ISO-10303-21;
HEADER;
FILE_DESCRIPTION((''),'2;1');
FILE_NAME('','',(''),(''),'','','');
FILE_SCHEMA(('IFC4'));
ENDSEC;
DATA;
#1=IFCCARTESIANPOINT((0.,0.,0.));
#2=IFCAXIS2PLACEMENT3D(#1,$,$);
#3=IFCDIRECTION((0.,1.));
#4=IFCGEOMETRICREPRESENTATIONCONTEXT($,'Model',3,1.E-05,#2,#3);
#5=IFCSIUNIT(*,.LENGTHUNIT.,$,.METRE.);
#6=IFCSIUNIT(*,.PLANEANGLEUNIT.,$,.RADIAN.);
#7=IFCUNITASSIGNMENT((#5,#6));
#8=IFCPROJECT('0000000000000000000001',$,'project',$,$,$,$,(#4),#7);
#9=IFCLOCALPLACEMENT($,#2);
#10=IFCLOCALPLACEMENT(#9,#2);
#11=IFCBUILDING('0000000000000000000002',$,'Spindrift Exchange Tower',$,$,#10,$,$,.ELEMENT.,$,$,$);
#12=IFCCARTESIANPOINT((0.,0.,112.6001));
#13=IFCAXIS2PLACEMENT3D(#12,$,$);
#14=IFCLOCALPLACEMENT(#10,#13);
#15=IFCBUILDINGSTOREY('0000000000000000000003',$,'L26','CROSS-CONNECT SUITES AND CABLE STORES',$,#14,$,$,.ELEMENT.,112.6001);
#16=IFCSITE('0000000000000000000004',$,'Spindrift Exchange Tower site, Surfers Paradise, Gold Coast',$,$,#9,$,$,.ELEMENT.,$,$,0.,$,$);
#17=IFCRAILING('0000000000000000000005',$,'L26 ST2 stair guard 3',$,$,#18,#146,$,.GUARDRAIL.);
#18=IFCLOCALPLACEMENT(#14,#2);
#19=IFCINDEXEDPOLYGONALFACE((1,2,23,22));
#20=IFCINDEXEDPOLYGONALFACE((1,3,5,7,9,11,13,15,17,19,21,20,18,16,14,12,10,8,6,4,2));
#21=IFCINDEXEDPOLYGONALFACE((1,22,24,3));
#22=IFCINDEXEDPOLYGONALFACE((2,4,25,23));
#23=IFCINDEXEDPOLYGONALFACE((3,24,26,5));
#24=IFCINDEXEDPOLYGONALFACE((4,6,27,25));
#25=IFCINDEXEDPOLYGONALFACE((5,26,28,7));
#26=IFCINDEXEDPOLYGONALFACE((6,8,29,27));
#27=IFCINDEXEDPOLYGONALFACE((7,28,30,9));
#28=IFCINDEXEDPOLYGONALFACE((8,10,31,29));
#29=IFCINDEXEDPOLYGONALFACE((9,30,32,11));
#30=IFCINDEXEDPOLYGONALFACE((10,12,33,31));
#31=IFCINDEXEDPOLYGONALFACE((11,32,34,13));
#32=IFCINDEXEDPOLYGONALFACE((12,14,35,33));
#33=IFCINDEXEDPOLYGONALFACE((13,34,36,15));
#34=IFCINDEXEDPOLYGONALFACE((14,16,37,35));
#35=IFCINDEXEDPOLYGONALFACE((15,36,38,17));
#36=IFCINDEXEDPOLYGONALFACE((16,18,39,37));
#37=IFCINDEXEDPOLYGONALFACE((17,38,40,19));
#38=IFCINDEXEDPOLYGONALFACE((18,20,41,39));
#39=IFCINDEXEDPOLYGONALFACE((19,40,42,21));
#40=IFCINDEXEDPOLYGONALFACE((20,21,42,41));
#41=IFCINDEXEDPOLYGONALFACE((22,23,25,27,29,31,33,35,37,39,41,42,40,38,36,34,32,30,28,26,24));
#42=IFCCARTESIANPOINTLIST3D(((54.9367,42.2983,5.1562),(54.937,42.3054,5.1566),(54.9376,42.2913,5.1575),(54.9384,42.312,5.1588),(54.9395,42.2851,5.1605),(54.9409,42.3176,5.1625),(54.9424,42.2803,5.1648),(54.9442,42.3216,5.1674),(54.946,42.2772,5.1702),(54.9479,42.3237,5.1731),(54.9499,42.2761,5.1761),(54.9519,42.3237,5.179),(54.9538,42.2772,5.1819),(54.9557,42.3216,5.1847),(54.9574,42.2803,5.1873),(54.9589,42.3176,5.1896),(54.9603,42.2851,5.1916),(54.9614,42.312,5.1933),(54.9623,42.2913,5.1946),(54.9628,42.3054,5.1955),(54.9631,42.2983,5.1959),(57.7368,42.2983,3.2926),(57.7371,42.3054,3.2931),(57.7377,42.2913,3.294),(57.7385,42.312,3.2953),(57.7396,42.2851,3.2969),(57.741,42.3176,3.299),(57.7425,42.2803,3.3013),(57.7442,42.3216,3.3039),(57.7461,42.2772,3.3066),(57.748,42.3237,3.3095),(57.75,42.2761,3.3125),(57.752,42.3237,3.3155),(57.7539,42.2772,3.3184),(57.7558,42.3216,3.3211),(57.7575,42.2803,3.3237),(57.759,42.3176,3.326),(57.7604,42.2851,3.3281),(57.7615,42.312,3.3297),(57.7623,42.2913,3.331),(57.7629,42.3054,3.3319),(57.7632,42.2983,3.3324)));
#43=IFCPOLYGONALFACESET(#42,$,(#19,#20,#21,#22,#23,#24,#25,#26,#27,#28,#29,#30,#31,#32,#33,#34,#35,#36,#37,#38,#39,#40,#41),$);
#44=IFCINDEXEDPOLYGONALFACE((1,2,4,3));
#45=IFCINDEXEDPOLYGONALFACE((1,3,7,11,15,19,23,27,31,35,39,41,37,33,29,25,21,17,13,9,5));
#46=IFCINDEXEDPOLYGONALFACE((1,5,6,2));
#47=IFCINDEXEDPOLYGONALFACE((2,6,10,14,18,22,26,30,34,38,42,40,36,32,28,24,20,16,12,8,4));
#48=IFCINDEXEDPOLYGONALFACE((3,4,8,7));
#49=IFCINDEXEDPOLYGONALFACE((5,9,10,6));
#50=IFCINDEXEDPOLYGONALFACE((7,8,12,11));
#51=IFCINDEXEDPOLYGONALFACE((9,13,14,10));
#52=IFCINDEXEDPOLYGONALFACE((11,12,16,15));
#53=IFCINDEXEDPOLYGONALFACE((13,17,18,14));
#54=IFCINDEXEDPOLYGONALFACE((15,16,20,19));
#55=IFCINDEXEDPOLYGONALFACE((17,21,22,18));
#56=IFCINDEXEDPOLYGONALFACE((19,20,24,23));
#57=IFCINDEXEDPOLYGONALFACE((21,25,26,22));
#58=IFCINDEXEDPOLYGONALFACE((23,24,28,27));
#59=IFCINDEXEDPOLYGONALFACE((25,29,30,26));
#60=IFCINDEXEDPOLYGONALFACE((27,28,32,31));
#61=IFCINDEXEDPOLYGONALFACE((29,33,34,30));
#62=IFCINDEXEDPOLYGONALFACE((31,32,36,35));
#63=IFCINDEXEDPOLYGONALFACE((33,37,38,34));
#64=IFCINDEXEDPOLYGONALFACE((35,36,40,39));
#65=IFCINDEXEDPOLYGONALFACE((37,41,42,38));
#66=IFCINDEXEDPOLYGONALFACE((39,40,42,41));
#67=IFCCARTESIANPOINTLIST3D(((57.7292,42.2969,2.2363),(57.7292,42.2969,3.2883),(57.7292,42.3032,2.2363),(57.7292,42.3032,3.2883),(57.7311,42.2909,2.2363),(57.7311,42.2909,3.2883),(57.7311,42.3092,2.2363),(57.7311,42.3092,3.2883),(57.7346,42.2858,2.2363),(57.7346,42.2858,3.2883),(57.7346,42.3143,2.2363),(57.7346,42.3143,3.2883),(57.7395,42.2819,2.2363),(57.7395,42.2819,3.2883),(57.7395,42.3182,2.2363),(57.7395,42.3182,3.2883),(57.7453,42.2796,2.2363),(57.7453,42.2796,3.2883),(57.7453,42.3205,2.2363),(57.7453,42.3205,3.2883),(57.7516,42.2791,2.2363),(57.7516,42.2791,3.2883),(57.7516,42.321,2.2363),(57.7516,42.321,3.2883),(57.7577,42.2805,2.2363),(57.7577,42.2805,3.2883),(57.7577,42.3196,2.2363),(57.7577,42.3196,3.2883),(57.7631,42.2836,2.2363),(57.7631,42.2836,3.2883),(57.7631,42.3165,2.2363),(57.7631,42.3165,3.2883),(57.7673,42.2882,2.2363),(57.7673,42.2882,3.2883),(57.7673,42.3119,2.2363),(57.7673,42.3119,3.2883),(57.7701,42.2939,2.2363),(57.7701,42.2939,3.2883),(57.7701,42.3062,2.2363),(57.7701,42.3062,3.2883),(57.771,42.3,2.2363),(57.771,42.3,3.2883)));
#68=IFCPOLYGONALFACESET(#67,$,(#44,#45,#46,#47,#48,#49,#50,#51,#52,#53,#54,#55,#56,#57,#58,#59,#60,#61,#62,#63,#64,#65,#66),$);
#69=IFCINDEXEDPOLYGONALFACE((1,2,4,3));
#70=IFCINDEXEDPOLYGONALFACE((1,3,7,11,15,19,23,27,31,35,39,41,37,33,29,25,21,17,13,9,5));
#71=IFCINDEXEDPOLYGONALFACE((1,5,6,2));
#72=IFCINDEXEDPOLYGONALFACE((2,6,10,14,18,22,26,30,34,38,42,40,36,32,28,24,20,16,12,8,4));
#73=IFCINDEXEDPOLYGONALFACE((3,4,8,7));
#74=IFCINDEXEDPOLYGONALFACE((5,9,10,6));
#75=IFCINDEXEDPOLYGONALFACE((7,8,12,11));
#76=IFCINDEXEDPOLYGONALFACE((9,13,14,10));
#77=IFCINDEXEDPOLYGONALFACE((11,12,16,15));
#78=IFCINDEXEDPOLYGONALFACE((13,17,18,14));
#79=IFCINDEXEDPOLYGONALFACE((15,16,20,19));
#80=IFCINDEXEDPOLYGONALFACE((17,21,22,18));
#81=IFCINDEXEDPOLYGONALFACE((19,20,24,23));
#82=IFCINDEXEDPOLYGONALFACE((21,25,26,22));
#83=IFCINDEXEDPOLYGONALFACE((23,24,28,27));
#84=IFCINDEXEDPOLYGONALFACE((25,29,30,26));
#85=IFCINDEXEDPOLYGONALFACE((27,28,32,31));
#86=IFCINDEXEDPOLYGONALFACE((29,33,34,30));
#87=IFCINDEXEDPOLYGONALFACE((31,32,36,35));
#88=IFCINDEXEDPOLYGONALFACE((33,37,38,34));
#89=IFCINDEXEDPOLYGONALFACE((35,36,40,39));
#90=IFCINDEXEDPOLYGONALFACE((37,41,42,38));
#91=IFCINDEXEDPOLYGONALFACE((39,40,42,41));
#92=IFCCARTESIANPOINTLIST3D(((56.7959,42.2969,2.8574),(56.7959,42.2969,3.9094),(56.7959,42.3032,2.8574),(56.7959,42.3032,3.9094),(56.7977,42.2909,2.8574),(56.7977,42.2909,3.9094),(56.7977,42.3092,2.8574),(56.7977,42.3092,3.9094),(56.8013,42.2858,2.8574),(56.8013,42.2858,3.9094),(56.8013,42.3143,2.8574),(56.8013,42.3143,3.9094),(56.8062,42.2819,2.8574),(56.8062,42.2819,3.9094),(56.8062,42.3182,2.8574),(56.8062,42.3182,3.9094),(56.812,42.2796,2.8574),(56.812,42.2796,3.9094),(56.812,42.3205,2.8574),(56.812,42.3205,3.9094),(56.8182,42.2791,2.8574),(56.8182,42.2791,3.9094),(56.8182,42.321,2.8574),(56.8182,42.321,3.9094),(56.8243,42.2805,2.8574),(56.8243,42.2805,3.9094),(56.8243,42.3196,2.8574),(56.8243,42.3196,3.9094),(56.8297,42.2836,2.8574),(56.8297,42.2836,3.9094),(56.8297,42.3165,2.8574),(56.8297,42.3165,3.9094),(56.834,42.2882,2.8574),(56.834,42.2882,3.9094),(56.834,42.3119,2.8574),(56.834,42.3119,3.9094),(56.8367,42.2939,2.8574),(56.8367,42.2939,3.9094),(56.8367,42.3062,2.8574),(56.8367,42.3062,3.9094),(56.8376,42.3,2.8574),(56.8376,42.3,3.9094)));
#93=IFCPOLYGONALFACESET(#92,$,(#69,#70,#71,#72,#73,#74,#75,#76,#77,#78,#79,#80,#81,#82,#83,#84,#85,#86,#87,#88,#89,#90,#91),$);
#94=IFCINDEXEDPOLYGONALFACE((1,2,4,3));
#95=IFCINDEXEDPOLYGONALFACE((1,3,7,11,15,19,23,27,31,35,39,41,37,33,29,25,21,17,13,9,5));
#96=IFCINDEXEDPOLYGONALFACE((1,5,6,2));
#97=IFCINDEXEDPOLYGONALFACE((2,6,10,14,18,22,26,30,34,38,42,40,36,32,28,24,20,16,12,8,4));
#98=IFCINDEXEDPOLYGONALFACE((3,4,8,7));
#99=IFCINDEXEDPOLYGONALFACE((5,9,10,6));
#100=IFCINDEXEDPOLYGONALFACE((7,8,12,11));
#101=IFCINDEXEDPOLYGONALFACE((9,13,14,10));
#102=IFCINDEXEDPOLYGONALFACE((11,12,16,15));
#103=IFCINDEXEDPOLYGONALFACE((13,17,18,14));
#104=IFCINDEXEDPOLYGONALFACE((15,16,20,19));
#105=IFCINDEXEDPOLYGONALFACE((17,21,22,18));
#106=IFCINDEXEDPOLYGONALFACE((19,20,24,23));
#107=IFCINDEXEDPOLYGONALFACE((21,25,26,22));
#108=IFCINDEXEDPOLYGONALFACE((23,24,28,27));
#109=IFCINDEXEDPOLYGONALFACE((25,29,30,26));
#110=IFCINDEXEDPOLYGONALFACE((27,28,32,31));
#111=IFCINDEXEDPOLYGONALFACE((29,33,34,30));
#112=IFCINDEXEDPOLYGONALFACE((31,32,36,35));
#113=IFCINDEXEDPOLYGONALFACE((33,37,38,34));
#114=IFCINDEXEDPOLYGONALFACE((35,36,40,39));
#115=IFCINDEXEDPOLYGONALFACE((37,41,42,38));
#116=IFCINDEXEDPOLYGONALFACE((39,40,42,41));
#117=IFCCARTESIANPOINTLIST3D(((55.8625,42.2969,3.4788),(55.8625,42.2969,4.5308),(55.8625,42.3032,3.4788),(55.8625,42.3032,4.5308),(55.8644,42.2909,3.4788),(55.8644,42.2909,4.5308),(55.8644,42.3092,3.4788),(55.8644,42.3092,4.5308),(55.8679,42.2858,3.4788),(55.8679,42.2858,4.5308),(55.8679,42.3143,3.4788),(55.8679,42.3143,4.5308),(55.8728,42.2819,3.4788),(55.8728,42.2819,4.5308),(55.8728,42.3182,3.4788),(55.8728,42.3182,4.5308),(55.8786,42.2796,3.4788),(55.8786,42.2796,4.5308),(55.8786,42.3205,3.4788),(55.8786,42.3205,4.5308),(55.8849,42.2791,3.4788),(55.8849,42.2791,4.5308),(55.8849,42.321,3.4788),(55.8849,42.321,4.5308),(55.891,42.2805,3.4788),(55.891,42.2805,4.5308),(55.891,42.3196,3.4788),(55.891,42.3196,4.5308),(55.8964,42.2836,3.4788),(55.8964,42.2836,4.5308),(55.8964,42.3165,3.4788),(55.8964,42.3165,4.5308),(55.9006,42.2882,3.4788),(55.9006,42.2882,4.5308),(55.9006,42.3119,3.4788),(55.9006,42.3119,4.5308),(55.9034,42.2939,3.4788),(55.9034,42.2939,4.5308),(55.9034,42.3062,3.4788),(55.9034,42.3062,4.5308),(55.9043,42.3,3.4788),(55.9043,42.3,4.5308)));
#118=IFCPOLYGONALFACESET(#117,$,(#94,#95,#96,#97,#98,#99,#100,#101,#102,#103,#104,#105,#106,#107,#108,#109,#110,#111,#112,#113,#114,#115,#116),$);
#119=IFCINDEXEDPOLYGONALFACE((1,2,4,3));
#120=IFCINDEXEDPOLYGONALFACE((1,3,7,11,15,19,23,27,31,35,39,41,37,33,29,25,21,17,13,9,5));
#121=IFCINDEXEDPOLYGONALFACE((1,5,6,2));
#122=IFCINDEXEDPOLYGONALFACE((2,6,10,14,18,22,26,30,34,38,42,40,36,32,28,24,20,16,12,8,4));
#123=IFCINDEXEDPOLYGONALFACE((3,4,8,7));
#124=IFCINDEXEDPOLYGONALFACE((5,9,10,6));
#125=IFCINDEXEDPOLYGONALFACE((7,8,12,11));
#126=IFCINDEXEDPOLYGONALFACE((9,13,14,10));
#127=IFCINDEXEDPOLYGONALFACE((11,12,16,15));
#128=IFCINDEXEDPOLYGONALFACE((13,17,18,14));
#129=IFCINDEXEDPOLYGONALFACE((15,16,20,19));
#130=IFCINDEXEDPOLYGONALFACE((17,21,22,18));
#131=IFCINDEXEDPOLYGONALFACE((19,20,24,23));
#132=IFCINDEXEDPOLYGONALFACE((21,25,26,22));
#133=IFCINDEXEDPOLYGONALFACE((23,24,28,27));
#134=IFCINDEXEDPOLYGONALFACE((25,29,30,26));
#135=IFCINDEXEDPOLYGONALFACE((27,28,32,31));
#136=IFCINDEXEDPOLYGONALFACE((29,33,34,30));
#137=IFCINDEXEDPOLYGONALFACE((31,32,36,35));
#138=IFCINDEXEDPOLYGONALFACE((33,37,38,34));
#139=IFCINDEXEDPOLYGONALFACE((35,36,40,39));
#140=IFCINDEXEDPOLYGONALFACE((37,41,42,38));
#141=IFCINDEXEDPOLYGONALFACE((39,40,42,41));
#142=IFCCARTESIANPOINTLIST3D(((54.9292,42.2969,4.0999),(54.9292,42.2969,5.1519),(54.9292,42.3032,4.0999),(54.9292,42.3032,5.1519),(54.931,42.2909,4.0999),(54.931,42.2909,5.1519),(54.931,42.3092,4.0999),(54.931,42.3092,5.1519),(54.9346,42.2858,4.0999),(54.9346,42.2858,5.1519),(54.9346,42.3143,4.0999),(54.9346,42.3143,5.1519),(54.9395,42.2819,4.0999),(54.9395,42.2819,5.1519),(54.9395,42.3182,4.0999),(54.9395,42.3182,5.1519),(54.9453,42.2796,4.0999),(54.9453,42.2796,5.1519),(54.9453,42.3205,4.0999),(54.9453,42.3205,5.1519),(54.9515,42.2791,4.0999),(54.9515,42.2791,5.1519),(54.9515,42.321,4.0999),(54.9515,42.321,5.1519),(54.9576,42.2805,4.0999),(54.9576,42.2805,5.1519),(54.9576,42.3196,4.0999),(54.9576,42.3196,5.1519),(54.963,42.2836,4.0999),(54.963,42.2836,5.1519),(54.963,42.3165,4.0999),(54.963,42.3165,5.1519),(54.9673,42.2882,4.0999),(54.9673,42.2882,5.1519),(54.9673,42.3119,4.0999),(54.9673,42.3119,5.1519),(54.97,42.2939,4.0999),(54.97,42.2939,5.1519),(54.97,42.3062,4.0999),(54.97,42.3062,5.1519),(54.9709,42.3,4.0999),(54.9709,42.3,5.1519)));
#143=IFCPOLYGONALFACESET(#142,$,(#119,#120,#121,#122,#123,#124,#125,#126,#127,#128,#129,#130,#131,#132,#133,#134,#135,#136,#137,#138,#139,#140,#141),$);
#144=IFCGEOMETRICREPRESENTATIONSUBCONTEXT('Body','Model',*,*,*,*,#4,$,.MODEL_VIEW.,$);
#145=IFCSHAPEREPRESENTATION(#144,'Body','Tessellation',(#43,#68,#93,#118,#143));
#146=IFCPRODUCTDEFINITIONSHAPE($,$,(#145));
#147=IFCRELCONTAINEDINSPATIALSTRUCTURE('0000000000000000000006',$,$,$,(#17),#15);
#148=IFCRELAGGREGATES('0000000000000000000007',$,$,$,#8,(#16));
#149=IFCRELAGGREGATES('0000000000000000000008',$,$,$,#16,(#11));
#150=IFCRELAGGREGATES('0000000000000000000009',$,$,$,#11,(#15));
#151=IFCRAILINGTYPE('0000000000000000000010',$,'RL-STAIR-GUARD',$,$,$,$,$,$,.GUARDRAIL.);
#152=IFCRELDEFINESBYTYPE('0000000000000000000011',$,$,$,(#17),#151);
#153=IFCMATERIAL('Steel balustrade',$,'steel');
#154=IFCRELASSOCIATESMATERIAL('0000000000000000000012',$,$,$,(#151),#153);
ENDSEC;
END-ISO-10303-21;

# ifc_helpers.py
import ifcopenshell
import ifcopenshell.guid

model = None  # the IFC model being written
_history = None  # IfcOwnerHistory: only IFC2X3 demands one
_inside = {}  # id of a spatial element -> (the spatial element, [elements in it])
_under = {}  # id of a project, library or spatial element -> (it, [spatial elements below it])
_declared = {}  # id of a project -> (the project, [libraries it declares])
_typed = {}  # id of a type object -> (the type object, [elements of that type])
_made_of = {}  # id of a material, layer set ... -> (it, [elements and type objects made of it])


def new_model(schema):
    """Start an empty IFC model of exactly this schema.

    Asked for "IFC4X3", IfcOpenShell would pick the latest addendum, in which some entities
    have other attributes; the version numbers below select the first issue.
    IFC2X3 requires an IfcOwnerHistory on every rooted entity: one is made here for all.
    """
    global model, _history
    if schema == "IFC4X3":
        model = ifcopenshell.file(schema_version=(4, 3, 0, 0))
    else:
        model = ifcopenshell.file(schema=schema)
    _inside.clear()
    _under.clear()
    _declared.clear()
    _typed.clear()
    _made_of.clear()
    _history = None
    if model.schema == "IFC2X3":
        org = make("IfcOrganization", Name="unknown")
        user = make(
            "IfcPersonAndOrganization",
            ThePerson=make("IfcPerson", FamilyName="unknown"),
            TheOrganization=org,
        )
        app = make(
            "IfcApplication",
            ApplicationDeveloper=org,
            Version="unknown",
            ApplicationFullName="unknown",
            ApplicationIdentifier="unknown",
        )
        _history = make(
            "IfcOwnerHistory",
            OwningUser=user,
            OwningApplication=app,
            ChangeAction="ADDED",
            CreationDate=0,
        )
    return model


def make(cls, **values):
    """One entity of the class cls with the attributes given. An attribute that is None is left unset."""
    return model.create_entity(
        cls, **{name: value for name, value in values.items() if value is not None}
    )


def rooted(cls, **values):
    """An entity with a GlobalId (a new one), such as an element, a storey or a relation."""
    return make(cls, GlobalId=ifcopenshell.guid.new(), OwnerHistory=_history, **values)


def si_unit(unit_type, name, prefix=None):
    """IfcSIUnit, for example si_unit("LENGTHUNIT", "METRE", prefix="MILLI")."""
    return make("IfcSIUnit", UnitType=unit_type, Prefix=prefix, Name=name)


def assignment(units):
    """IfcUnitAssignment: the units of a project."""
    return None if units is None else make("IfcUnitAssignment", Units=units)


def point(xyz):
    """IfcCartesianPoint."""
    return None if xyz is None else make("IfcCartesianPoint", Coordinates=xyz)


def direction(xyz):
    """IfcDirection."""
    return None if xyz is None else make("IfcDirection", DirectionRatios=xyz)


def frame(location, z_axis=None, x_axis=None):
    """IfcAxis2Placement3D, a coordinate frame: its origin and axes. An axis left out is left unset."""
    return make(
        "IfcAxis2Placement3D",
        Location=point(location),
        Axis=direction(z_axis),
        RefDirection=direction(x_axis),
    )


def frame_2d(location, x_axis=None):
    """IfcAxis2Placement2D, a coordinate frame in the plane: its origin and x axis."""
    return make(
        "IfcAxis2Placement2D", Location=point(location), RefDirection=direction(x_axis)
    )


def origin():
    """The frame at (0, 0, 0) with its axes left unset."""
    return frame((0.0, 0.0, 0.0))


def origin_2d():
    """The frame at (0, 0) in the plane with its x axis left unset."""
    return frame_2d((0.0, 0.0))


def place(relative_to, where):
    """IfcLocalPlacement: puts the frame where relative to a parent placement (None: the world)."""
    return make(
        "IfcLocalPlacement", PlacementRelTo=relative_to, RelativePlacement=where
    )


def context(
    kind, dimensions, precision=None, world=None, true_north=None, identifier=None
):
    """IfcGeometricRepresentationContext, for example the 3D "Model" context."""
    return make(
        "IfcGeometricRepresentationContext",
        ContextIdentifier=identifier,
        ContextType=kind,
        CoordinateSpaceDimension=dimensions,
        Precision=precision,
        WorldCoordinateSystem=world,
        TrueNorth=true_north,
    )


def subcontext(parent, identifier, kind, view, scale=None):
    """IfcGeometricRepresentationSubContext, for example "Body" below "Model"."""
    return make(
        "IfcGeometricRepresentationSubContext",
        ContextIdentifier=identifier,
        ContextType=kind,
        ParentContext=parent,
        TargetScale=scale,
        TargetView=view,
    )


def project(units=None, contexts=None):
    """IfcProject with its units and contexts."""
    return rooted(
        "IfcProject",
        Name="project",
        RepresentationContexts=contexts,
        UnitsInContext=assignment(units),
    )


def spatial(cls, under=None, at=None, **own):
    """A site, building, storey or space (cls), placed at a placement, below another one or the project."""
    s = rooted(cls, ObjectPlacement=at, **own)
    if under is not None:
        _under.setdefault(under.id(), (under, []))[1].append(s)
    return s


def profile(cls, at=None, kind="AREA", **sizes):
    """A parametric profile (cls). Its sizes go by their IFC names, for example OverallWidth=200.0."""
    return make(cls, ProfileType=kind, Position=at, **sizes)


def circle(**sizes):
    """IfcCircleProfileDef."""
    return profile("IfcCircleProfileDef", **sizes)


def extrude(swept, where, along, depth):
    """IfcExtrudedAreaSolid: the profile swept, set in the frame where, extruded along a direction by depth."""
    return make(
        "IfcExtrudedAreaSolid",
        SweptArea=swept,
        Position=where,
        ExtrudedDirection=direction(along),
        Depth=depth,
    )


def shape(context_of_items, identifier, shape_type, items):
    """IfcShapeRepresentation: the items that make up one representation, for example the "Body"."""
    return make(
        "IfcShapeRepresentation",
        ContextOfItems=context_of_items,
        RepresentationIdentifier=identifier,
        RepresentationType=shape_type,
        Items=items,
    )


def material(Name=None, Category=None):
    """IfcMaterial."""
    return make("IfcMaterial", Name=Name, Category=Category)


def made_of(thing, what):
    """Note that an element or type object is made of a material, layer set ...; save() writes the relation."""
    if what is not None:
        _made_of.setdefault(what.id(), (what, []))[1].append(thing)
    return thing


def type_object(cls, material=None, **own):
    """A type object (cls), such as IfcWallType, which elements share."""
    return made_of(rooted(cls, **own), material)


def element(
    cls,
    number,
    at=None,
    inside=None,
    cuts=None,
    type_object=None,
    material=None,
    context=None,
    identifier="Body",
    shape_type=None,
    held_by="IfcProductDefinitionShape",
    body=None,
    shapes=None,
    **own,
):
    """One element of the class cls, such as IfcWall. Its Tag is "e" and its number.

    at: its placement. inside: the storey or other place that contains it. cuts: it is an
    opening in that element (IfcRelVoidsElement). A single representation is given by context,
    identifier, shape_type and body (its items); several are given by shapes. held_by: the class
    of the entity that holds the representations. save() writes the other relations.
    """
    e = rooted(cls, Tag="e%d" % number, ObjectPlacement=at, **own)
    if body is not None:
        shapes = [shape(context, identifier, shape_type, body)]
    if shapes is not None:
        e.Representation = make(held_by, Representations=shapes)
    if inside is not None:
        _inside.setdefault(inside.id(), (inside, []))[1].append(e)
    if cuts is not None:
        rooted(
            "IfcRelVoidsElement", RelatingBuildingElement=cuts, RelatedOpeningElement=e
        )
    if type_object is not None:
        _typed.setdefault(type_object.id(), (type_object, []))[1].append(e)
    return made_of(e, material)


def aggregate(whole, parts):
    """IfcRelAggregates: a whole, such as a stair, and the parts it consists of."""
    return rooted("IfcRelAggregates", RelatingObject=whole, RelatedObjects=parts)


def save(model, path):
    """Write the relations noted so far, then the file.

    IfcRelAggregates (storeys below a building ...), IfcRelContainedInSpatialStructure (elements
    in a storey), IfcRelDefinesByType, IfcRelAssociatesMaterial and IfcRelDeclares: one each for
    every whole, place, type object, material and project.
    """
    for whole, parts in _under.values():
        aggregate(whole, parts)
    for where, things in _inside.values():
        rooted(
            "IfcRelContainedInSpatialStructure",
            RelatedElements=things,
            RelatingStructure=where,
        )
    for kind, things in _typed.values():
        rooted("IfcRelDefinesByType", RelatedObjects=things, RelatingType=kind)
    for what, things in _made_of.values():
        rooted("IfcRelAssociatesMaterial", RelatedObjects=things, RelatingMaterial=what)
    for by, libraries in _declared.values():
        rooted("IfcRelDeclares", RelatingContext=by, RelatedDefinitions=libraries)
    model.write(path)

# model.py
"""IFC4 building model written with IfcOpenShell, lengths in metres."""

from ifc_helpers import new_model, si_unit, direction, frame, origin, origin_2d, place, context, subcontext, project, spatial, circle, extrude, material, type_object, element, save


model = new_model("IFC4")

# Units and contexts
model_context = context("Model", 3, precision=1e-05, world=origin(), true_north=direction((0.0, 1.0)))
body_context = subcontext(model_context, "Body", "Model", "MODEL_VIEW")
ifc_project = project(units=[si_unit("LENGTHUNIT", "METRE"), si_unit("PLANEANGLEUNIT", "RADIAN")], contexts=[model_context])

# Site, building, storey
site_placement = place(None, origin())
site = spatial("IfcSite", under=ifc_project, at=site_placement, Name="Spindrift Exchange Tower site, Surfers Paradise, Gold Coast", CompositionType="ELEMENT", RefElevation=0.0)
building_placement = place(site_placement, origin())
building = spatial("IfcBuilding", under=site, at=building_placement, Name="Spindrift Exchange Tower", CompositionType="ELEMENT")
storey_placement = place(building_placement, frame((0.0, 0.0, 112.6001)))
storey = spatial("IfcBuildingStorey", under=building, at=storey_placement, Name="L26", Description="CROSS-CONNECT SUITES AND CABLE STORES", CompositionType="ELEMENT", Elevation=112.6001)

# Railing
ifc_material_1 = material(Name="Steel balustrade", Category="steel")
railing_type_1 = type_object("IfcRailingType", Name="RL-STAIR-GUARD", PredefinedType="GUARDRAIL", material=ifc_material_1)
railing_1_placement = place(storey_placement, frame((57.75, 42.3, 2.2363)))
element("IfcRailing", 1, at=railing_1_placement, inside=storey, type_object=railing_type_1, Name="L26 ST2 stair guard 3", PredefinedType="GUARDRAIL", context=body_context, shape_type="SweptSolid", body=[
    extrude(circle(Radius=0.0239, at=origin_2d()), frame((0.0, 0.0, 1.0762), z_axis=(-0.832486, 0.0, 0.554047), x_axis=(0.0, -1.0, 0.0)), (0.0, 0.0, 1.0), 3.3635),
    extrude(circle(Radius=0.021, at=origin_2d()), origin(), (0.0, 0.0, 1.0), 1.052),
    extrude(circle(Radius=0.021, at=origin_2d()), frame((-0.9333, 0.0, 0.6211)), (0.0, 0.0, 1.0), 1.052),
    extrude(circle(Radius=0.021, at=origin_2d()), frame((-1.8667, 0.0, 1.2424)), (0.0, 0.0, 1.0), 1.052),
    extrude(circle(Radius=0.021, at=origin_2d()), frame((-2.8, 0.0, 1.8635)), (0.0, 0.0, 1.0), 1.052),
])

save(model, "model.ifc")
